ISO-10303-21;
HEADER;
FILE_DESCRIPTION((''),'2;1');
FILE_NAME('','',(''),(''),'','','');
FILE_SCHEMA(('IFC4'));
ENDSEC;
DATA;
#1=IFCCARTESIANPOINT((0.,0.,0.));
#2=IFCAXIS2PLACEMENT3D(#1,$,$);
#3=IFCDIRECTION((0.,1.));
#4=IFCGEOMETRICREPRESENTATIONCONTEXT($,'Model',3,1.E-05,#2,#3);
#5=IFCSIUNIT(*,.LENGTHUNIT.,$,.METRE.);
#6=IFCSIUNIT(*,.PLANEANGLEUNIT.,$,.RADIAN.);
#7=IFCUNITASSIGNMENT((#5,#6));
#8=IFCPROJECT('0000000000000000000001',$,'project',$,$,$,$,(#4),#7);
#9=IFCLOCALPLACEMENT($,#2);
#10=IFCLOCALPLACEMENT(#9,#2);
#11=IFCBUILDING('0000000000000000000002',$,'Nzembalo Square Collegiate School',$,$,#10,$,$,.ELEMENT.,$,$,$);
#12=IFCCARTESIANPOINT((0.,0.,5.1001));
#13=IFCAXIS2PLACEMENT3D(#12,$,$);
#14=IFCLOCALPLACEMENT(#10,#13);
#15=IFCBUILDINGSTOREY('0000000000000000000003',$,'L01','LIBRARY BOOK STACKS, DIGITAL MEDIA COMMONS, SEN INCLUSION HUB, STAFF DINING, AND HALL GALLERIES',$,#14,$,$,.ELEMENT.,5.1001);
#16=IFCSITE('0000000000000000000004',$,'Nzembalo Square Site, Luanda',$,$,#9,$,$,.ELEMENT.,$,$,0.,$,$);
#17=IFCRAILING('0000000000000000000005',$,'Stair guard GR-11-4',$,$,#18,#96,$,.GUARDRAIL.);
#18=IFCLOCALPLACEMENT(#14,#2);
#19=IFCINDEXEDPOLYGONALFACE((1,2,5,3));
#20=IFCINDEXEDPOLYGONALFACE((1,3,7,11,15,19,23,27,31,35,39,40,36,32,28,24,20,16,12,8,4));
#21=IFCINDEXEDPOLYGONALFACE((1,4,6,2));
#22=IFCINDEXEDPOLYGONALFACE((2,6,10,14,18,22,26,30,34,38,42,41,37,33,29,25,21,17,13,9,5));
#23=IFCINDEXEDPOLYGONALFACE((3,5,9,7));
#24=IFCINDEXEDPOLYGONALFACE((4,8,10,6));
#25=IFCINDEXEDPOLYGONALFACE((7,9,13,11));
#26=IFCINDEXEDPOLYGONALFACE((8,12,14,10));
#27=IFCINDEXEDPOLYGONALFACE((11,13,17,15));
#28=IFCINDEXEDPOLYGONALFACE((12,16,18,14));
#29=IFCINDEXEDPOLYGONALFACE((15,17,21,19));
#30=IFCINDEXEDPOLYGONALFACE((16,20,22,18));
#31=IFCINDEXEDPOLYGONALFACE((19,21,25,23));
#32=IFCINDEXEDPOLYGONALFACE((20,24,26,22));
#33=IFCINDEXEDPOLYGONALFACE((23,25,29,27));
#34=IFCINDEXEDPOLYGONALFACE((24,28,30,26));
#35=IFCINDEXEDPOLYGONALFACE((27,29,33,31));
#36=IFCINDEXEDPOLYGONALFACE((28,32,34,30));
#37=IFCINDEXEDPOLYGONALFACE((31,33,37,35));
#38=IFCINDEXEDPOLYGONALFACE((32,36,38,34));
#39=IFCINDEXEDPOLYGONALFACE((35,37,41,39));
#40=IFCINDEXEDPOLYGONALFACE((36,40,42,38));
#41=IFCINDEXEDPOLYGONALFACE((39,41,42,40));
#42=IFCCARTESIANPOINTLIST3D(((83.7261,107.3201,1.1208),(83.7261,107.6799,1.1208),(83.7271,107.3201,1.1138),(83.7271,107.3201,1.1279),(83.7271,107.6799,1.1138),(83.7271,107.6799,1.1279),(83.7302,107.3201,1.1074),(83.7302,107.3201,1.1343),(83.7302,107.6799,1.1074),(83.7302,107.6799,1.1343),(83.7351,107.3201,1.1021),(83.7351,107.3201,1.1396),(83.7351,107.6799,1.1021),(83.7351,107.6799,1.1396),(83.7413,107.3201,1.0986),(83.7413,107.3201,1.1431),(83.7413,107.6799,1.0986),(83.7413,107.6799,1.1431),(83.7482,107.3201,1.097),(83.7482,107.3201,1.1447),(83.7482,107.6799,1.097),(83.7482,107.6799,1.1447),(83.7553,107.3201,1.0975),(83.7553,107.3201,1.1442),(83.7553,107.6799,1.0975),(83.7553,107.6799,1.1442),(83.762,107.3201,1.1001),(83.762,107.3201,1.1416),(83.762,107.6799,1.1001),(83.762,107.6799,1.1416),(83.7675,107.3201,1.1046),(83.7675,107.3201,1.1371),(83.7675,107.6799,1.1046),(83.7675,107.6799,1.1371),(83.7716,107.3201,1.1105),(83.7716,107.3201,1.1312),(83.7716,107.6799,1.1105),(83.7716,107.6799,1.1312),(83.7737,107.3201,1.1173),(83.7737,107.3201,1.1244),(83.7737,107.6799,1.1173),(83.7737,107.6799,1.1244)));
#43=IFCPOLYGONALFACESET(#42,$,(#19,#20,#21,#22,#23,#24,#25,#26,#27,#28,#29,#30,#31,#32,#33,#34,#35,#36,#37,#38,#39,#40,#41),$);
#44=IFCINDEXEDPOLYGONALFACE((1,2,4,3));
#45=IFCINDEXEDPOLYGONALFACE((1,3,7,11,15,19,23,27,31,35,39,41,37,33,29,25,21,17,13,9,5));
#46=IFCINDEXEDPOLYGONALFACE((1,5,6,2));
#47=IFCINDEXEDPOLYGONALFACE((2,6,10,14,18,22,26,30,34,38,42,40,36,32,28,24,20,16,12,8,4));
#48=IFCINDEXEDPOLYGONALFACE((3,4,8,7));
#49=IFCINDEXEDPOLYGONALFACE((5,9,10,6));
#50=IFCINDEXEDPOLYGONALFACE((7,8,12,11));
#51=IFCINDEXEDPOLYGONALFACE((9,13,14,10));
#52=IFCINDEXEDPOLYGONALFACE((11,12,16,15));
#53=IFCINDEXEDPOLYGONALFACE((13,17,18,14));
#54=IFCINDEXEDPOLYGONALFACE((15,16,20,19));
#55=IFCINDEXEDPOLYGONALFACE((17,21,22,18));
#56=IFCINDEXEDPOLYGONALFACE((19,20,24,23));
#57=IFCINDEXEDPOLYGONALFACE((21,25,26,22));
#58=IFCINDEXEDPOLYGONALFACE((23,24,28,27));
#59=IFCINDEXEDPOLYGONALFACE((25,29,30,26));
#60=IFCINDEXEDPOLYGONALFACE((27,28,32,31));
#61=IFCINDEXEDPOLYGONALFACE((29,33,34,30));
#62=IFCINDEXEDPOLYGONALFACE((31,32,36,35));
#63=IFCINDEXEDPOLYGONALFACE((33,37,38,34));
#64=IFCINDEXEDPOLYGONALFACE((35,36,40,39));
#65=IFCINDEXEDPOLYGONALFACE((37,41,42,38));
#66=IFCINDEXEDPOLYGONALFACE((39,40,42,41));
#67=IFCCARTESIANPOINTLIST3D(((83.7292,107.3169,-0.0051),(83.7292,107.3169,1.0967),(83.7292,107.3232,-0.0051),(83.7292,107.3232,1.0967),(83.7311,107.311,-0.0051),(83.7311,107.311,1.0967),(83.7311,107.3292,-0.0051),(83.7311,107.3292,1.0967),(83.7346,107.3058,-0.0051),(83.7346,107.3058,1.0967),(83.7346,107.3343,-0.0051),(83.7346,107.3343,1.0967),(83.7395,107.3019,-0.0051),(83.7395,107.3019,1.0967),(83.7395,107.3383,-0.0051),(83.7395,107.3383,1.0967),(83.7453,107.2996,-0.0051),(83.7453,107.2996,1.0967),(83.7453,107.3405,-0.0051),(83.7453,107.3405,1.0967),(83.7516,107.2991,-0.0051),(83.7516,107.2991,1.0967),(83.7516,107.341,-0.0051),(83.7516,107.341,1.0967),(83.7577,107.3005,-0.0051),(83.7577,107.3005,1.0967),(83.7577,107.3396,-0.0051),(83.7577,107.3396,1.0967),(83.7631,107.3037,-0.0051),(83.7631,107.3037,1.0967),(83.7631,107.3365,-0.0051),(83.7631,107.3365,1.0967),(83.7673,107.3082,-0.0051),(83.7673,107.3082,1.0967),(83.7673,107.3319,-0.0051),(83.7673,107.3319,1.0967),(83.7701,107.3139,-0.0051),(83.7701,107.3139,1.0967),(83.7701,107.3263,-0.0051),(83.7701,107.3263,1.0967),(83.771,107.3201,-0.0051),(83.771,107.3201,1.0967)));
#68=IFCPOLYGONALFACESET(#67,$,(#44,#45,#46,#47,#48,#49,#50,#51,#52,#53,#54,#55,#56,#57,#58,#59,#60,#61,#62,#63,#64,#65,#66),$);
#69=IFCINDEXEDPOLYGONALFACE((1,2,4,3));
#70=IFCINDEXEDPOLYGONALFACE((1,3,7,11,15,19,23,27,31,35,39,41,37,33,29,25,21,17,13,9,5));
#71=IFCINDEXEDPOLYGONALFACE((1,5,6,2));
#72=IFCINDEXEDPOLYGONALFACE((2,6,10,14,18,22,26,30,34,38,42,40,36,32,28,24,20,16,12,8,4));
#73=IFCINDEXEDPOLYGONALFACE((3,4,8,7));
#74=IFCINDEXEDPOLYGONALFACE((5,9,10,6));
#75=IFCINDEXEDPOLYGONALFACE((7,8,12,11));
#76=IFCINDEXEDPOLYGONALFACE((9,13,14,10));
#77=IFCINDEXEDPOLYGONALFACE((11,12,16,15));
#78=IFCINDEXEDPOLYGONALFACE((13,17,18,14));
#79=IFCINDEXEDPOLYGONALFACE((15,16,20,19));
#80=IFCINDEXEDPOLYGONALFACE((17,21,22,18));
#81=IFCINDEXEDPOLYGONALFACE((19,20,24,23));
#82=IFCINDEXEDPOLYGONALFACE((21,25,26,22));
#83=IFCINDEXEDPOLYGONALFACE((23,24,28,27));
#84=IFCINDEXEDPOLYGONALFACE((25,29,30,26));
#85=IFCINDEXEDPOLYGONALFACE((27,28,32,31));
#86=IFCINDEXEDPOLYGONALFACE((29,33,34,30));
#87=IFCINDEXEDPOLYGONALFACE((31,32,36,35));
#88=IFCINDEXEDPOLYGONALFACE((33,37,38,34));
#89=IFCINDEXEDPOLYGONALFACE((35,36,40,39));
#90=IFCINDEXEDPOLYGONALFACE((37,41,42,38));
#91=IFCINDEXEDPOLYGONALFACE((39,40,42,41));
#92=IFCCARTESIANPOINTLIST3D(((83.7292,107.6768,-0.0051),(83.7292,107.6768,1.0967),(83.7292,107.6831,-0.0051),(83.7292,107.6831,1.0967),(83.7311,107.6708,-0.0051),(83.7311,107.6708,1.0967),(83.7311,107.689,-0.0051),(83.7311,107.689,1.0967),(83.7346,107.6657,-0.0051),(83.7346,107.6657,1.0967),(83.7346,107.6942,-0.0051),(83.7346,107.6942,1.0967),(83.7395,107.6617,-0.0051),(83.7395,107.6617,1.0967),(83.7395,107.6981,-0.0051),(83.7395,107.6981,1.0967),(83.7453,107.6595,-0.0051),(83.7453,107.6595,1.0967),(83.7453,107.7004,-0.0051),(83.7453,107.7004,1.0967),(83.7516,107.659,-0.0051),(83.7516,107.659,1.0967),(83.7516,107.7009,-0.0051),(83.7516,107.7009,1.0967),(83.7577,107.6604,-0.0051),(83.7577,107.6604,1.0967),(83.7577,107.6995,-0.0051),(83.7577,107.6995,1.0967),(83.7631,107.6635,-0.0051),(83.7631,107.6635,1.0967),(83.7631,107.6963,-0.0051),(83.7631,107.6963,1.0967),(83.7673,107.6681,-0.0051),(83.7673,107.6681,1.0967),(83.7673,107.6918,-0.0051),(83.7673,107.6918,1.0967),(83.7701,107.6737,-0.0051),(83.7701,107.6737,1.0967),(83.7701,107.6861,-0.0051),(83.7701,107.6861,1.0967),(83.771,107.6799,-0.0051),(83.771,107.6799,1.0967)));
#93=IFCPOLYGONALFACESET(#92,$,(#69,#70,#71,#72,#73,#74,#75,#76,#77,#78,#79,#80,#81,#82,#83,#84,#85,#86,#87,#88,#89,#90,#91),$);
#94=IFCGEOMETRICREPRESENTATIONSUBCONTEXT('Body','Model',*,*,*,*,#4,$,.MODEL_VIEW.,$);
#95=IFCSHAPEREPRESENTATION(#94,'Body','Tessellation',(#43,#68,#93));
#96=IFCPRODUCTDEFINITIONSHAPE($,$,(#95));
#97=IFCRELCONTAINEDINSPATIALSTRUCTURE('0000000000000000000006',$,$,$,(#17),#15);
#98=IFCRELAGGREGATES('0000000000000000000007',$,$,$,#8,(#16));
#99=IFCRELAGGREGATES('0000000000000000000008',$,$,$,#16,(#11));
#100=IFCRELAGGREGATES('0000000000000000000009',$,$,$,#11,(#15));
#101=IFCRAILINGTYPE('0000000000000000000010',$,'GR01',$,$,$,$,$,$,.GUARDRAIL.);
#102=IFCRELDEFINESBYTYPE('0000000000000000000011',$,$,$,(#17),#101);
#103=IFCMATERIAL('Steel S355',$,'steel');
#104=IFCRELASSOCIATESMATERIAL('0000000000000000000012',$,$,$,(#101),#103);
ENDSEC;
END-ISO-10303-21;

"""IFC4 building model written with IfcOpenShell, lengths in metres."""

from ifc_helpers import new_model, si_unit, direction, frame, origin, origin_2d, place, context, subcontext, project, spatial, circle, extrude, material, type_object, element, save


model = new_model("IFC4")

# Units and contexts
model_context = context("Model", 3, precision=1e-05, world=origin(), true_north=direction((0.0, 1.0)))
body_context = subcontext(model_context, "Body", "Model", "MODEL_VIEW")
ifc_project = project(units=[si_unit("LENGTHUNIT", "METRE"), si_unit("PLANEANGLEUNIT", "RADIAN")], contexts=[model_context])

# Site, building, storey
site_placement = place(None, origin())
site = spatial("IfcSite", under=ifc_project, at=site_placement, Name="Nzembalo Square Site, Luanda", CompositionType="ELEMENT", RefElevation=0.0)
building_placement = place(site_placement, origin())
building = spatial("IfcBuilding", under=site, at=building_placement, Name="Nzembalo Square Collegiate School", CompositionType="ELEMENT")
storey_placement = place(building_placement, frame((0.0, 0.0, 5.1001)))
storey = spatial("IfcBuildingStorey", under=building, at=storey_placement, Name="L01", Description="LIBRARY BOOK STACKS, DIGITAL MEDIA COMMONS, SEN INCLUSION HUB, STAFF DINING, AND HALL GALLERIES", CompositionType="ELEMENT", Elevation=5.1001)

# Railing
ifc_material_1 = material(Name="Steel S355", Category="steel")
railing_type_1 = type_object("IfcRailingType", Name="GR01", PredefinedType="GUARDRAIL", material=ifc_material_1)
railing_1_placement = place(storey_placement, frame((83.75, 107.3201, -0.0051)))
element("IfcRailing", 1, at=railing_1_placement, inside=storey, type_object=railing_type_1, Name="Stair guard GR-11-4", PredefinedType="GUARDRAIL", context=body_context, shape_type="SweptSolid", body=[
    extrude(circle(Radius=0.0239, at=origin_2d()), frame((0.0, 0.0, 1.126), z_axis=(0.0, 1.0, 0.0), x_axis=(-1.0, 0.0, 0.0)), (0.0, 0.0, 1.0), 0.3599),
    extrude(circle(Radius=0.021, at=origin_2d()), origin(), (0.0, 0.0, 1.0), 1.1018),
    extrude(circle(Radius=0.021, at=origin_2d()), frame((0.0, 0.3599, 0.0)), (0.0, 0.0, 1.0), 1.1018),
])

save(model, "model.ifc")
